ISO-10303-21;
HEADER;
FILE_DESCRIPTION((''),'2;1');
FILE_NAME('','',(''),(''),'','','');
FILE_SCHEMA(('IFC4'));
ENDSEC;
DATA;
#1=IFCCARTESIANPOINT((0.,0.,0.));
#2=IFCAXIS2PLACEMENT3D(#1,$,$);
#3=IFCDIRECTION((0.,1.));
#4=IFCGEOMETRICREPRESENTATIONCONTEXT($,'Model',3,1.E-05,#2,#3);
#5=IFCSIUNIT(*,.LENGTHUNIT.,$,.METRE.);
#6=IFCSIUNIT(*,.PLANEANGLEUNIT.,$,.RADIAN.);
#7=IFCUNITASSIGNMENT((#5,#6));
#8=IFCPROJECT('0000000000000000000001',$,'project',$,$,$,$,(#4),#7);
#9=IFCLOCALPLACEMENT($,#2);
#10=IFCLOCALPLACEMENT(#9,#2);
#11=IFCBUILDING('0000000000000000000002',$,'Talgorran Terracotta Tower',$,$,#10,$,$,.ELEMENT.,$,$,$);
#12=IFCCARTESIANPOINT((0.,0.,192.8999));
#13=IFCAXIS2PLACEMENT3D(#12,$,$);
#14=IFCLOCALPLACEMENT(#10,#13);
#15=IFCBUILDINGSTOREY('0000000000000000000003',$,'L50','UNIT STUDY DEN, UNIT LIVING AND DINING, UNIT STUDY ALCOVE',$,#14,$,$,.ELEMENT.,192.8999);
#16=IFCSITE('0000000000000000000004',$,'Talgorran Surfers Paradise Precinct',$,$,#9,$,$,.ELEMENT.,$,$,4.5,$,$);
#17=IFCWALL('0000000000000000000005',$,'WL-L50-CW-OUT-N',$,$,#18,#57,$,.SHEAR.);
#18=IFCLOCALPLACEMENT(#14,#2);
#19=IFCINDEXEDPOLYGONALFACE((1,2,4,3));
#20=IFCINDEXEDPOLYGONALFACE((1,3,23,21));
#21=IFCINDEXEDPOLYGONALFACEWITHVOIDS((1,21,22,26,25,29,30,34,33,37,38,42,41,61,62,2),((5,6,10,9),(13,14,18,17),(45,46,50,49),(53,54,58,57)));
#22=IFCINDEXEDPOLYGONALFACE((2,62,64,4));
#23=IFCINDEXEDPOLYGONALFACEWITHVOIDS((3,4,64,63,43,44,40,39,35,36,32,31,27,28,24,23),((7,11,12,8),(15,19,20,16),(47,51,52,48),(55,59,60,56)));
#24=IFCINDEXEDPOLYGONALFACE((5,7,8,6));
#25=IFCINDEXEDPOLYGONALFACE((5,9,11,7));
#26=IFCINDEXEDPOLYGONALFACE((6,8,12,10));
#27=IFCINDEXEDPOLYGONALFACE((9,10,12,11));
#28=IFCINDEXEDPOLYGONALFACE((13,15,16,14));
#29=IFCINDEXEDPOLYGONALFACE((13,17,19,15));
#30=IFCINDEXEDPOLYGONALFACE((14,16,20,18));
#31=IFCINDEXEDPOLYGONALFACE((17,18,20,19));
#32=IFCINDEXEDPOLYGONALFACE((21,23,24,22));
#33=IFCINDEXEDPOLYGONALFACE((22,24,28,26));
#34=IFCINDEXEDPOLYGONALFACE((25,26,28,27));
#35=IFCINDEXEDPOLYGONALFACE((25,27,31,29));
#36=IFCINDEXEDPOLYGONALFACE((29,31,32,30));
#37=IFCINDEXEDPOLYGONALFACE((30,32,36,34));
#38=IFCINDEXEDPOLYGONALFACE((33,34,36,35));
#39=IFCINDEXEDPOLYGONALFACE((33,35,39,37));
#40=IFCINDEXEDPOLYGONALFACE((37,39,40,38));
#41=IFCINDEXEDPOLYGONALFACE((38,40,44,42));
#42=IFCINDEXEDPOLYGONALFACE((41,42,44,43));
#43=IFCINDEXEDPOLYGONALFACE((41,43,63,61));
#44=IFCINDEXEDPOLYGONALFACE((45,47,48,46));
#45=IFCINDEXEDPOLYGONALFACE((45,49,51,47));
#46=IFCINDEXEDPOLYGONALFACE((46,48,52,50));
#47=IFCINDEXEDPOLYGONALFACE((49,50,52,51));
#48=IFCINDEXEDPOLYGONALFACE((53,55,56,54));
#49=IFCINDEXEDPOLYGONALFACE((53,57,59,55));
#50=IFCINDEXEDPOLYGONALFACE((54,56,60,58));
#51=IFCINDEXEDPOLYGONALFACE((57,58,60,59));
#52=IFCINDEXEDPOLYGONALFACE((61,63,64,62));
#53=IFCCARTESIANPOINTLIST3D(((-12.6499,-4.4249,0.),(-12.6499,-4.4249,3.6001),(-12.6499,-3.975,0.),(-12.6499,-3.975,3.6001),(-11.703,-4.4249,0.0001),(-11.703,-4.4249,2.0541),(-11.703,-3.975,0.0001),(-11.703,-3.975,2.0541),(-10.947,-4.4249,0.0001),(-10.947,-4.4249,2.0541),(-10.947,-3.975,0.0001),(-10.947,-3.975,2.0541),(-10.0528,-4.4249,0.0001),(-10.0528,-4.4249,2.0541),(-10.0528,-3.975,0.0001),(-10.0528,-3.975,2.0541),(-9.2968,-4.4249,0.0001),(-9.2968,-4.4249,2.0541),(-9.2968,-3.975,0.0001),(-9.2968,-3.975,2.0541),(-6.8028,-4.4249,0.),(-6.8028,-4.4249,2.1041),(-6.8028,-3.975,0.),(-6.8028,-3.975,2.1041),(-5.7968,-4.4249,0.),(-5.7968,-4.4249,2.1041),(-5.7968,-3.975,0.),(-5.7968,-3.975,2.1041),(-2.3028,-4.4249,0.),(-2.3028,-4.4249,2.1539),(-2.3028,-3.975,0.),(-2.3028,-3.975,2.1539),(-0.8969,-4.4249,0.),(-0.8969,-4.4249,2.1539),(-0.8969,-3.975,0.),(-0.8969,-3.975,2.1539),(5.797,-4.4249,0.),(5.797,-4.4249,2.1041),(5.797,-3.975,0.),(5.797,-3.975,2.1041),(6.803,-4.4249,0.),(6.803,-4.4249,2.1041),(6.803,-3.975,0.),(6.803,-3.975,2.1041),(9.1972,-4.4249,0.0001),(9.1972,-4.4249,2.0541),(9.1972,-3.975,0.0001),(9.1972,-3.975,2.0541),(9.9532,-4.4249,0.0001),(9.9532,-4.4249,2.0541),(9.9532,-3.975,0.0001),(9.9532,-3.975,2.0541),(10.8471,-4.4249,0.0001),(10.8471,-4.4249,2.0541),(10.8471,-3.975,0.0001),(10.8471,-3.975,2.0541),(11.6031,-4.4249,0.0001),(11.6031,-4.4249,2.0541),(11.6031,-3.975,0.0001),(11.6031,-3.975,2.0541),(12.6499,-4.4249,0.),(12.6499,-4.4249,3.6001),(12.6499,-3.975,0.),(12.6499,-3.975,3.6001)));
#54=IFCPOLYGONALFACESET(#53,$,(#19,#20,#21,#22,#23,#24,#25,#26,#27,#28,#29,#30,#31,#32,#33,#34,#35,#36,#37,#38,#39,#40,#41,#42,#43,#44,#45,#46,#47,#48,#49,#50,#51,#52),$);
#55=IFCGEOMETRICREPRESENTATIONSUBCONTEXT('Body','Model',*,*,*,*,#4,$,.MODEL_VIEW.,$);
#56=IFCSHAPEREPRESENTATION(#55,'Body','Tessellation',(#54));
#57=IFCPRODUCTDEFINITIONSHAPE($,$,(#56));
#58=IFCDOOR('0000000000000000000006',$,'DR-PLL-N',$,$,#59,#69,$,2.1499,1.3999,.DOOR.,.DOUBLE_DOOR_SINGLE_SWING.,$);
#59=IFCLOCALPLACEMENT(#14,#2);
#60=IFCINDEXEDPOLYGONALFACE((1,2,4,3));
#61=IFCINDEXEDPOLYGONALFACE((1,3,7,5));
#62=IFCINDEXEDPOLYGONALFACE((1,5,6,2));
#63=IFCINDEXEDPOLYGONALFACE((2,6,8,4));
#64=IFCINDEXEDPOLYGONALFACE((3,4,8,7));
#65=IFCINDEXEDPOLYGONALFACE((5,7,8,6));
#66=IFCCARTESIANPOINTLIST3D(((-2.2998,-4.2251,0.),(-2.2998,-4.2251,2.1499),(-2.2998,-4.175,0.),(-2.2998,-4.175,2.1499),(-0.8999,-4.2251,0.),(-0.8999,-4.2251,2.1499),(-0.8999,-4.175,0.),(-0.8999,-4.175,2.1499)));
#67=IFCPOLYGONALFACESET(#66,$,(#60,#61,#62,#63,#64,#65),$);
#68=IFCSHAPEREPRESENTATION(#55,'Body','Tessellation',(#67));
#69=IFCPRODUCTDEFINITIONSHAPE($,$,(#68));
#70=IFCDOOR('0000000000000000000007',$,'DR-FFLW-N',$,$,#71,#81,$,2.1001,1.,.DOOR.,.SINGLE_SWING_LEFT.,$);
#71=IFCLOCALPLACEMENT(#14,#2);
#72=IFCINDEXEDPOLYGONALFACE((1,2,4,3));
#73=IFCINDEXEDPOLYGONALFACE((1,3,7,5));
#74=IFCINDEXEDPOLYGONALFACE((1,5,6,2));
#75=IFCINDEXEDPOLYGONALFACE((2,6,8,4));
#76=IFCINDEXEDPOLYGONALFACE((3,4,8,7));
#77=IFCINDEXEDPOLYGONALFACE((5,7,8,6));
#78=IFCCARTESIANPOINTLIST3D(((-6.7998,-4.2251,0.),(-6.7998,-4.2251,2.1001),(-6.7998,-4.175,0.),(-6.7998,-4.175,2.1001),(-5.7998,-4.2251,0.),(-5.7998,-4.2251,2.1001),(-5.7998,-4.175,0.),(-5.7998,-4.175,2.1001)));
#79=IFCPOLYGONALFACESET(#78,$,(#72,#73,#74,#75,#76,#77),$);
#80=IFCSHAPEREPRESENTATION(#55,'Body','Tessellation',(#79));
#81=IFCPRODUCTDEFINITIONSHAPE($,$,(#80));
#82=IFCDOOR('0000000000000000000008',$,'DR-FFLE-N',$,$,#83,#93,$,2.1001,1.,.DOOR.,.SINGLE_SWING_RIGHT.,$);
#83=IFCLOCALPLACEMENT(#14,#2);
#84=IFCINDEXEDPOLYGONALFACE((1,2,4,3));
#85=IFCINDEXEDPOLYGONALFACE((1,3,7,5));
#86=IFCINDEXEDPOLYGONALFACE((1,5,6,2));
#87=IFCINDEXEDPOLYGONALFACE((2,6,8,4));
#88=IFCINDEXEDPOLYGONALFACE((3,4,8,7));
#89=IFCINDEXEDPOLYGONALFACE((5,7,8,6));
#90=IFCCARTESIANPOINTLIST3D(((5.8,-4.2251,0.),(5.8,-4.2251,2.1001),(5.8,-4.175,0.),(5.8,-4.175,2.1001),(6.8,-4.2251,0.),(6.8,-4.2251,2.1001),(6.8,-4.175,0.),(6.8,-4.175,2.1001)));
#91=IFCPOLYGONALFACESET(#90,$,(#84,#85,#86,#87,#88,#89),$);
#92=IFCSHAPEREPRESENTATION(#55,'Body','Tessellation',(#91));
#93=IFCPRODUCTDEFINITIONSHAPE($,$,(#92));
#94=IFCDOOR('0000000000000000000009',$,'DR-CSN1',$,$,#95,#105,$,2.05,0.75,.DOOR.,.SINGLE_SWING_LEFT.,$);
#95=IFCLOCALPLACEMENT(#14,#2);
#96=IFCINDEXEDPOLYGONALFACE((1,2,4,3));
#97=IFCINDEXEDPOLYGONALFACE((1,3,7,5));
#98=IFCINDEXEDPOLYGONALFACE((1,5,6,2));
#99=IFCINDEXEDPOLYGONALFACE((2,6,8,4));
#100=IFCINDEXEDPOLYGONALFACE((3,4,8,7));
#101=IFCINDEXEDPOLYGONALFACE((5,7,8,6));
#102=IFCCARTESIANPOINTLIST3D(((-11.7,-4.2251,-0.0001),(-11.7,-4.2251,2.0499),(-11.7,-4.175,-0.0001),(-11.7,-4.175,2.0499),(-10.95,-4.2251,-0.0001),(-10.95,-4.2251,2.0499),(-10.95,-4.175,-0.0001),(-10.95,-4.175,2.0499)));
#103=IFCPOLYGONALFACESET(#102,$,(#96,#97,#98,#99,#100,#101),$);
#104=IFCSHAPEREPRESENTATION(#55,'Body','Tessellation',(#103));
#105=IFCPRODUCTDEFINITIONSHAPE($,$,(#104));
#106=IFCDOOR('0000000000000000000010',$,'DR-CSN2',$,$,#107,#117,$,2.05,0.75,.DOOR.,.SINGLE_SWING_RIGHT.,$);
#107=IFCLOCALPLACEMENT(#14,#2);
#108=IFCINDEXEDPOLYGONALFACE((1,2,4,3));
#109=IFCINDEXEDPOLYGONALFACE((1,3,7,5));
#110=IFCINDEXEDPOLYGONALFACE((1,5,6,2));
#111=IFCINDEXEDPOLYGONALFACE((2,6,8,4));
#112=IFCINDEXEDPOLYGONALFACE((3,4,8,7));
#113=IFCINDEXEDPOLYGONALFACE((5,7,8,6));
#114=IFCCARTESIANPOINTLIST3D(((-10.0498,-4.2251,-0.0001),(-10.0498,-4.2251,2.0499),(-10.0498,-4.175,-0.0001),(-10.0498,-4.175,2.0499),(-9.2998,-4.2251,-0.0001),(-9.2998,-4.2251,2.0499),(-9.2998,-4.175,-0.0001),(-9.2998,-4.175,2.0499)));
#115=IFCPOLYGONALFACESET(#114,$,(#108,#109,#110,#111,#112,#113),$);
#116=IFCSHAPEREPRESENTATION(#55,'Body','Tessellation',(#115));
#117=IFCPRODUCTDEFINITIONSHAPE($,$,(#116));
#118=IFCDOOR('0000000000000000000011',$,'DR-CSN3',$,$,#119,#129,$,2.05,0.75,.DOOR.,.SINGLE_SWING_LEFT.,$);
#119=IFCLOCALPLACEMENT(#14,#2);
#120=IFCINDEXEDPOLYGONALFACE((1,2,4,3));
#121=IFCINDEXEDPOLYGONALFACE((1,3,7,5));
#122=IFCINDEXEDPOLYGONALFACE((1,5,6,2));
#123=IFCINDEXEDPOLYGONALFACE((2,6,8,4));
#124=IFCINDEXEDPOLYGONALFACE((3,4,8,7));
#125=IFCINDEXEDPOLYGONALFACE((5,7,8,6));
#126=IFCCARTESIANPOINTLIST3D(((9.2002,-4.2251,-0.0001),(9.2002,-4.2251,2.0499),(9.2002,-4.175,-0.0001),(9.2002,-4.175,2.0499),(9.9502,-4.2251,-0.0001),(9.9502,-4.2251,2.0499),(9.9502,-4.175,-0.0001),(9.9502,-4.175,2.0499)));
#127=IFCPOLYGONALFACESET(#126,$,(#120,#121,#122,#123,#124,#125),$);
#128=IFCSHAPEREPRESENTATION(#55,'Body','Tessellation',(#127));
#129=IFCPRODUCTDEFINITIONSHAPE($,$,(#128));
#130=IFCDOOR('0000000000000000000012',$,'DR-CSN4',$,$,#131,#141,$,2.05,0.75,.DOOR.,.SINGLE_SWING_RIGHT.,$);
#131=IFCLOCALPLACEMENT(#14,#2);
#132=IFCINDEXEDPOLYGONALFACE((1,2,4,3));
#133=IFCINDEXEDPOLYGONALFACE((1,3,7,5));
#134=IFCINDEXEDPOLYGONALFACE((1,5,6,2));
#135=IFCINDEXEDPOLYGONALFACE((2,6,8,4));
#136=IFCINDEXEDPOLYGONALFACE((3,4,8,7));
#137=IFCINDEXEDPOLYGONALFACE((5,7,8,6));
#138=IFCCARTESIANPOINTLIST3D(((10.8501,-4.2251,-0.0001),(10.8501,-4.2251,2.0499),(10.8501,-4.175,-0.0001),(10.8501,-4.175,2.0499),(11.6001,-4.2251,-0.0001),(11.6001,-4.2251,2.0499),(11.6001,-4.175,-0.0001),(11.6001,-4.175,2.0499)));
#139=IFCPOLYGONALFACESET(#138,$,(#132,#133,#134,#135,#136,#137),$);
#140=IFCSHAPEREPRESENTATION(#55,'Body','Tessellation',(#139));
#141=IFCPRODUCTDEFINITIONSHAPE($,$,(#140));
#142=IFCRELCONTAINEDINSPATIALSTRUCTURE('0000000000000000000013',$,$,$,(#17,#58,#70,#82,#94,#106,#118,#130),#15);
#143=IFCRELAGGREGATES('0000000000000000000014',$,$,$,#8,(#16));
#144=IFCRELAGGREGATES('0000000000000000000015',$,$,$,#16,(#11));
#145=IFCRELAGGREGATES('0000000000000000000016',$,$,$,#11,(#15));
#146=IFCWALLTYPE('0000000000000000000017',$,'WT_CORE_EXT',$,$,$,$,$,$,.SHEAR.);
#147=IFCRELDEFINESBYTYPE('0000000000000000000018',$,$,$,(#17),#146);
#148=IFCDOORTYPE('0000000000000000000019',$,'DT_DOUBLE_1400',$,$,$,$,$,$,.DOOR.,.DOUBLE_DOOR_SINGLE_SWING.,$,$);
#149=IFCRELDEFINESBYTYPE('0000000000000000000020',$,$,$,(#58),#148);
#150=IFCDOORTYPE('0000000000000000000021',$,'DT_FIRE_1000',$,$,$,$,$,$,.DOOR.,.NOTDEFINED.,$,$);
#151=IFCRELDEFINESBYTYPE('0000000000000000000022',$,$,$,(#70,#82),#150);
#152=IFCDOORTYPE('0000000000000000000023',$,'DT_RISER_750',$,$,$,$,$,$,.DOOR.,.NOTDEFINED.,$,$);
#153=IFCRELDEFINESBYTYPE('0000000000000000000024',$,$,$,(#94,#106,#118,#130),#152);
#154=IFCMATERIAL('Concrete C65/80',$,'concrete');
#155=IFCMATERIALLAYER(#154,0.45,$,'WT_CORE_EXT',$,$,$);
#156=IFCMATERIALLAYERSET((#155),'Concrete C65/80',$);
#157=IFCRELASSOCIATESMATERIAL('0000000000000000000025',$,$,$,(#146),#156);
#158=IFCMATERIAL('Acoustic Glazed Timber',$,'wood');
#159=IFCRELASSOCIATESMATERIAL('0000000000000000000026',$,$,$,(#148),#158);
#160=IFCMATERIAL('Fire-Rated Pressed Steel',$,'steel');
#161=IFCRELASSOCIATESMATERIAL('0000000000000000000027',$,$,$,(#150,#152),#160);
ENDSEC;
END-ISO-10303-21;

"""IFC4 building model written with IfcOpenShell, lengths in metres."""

from ifc_helpers import new_model, si_unit, direction, frame, frame_2d, origin, place, context, subcontext, project, spatial, rectangle, extrude, material, layer, layer_set, type_object, element, fill, save


model = new_model("IFC4")

# Units and contexts
model_context = context("Model", 3, precision=1e-05, world=origin(), true_north=direction((0.0, 1.0)))
body_context = subcontext(model_context, "Body", "Model", "MODEL_VIEW")
ifc_project = project(units=[si_unit("LENGTHUNIT", "METRE"), si_unit("PLANEANGLEUNIT", "RADIAN")], contexts=[model_context])

# Site, building, storey
site_placement = place(None, origin())
site = spatial("IfcSite", under=ifc_project, at=site_placement, Name="Talgorran Surfers Paradise Precinct", CompositionType="ELEMENT", RefElevation=4.5)
building_placement = place(site_placement, origin())
building = spatial("IfcBuilding", under=site, at=building_placement, Name="Talgorran Terracotta Tower", CompositionType="ELEMENT")
storey_placement = place(building_placement, frame((0.0, 0.0, 192.8999)))
storey = spatial("IfcBuildingStorey", under=building, at=storey_placement, Name="L50", Description="UNIT STUDY DEN, UNIT LIVING AND DINING, UNIT STUDY ALCOVE", CompositionType="ELEMENT", Elevation=192.8999)

# Wall, openings, doors
ifc_material_1 = material(Name="Concrete C65/80", Category="concrete")
ifc_layer_1 = layer(ifc_material_1, 0.45, Name="WT_CORE_EXT")
ifc_layer_set_1 = layer_set([ifc_layer_1], Name="Concrete C65/80")
wall_type_1 = type_object("IfcWallType", Name="WT_CORE_EXT", PredefinedType="SHEAR", material=ifc_layer_set_1)
wall_1_placement = place(storey_placement, frame((-12.6499, -4.2, 0.0), z_axis=(0.0, 0.0, 1.0), x_axis=(1.0, 0.0, 0.0)))
wall_1 = element("IfcWall", 1, at=wall_1_placement, inside=storey, type_object=wall_type_1, Name="WL-L50-CW-OUT-N", PredefinedType="SHEAR", context=body_context, shape_type="SweptSolid", body=[
    extrude(rectangle(XDim=25.2998, YDim=0.45, at=frame_2d((12.6499, 0.0))), origin(), (0.0, 0.0, 1.0), 3.6001),
])
opening_1_placement = place(wall_1_placement, frame((0.95, 0.0, 0.0)))
opening_1 = element("IfcOpeningElement", 2, at=opening_1_placement, cuts=wall_1, PredefinedType="OPENING", context=body_context, shape_type="SweptSolid", body=[
    extrude(rectangle(XDim=0.756, YDim=2.054, at=frame_2d((0.375, 1.0271))), frame((0.0, 0.2349, 0.0), z_axis=(0.0, -1.0, 0.0), x_axis=(1.0, 0.0, 0.0)), (0.0, 0.0, 1.0), 0.47),
])
opening_2_placement = place(wall_1_placement, frame((2.6001, 0.0, 0.0)))
opening_2 = element("IfcOpeningElement", 3, at=opening_2_placement, cuts=wall_1, PredefinedType="OPENING", context=body_context, shape_type="SweptSolid", body=[
    extrude(rectangle(XDim=0.756, YDim=2.054, at=frame_2d((0.375, 1.0271))), frame((0.0, 0.2349, 0.0), z_axis=(0.0, -1.0, 0.0), x_axis=(1.0, 0.0, 0.0)), (0.0, 0.0, 1.0), 0.47),
])
opening_3_placement = place(wall_1_placement, frame((21.8501, 0.0, 0.0)))
opening_3 = element("IfcOpeningElement", 4, at=opening_3_placement, cuts=wall_1, PredefinedType="OPENING", context=body_context, shape_type="SweptSolid", body=[
    extrude(rectangle(XDim=0.756, YDim=2.054, at=frame_2d((0.375, 1.0271))), frame((0.0, 0.2349, 0.0), z_axis=(0.0, -1.0, 0.0), x_axis=(1.0, 0.0, 0.0)), (0.0, 0.0, 1.0), 0.47),
])
opening_4_placement = place(wall_1_placement, frame((23.5, 0.0, 0.0)))
opening_4 = element("IfcOpeningElement", 5, at=opening_4_placement, cuts=wall_1, PredefinedType="OPENING", context=body_context, shape_type="SweptSolid", body=[
    extrude(rectangle(XDim=0.756, YDim=2.054, at=frame_2d((0.375, 1.0271))), frame((0.0, 0.2349, 0.0), z_axis=(0.0, -1.0, 0.0), x_axis=(1.0, 0.0, 0.0)), (0.0, 0.0, 1.0), 0.47),
])
opening_5_placement = place(wall_1_placement, frame((5.8501, 0.0, 0.0)))
opening_5 = element("IfcOpeningElement", 6, at=opening_5_placement, cuts=wall_1, PredefinedType="OPENING", context=body_context, shape_type="SweptSolid", body=[
    extrude(rectangle(XDim=1.006, YDim=2.1041, at=frame_2d((0.5, 1.052))), frame((0.0, 0.2349, 0.0), z_axis=(0.0, -1.0, 0.0), x_axis=(1.0, 0.0, 0.0)), (0.0, 0.0, 1.0), 0.47),
])
opening_6_placement = place(wall_1_placement, frame((10.3501, 0.0, 0.0)))
opening_6 = element("IfcOpeningElement", 7, at=opening_6_placement, cuts=wall_1, PredefinedType="OPENING", context=body_context, shape_type="SweptSolid", body=[
    extrude(rectangle(XDim=1.4059, YDim=2.1539, at=frame_2d((0.7, 1.0769))), frame((0.0, 0.2349, 0.0), z_axis=(0.0, -1.0, 0.0), x_axis=(1.0, 0.0, 0.0)), (0.0, 0.0, 1.0), 0.47),
])
opening_7_placement = place(wall_1_placement, frame((18.45, 0.0, 0.0)))
opening_7 = element("IfcOpeningElement", 8, at=opening_7_placement, cuts=wall_1, PredefinedType="OPENING", context=body_context, shape_type="SweptSolid", body=[
    extrude(rectangle(XDim=1.006, YDim=2.1041, at=frame_2d((0.5, 1.052))), frame((0.0, 0.2349, 0.0), z_axis=(0.0, -1.0, 0.0), x_axis=(1.0, 0.0, 0.0)), (0.0, 0.0, 1.0), 0.47),
])
ifc_material_2 = material(Name="Acoustic Glazed Timber", Category="wood")
door_type_1 = type_object("IfcDoorType", Name="DT_DOUBLE_1400", OperationType="DOUBLE_DOOR_SINGLE_SWING", PredefinedType="DOOR", material=ifc_material_2)
door_1_placement = place(opening_6_placement, origin())
door_1 = element("IfcDoor", 9, at=door_1_placement, inside=storey, type_object=door_type_1, Name="DR-PLL-N", OperationType="DOUBLE_DOOR_SINGLE_SWING", OverallHeight=2.1499, OverallWidth=1.3999, PredefinedType="DOOR", context=body_context, shape_type="SweptSolid", body=[
    extrude(rectangle(XDim=1.3999, YDim=2.1499, at=frame_2d((0.7, 1.075))), frame((0.0, 0.0249, 0.0), z_axis=(0.0, -1.0, 0.0), x_axis=(1.0, 0.0, 0.0)), (0.0, 0.0, 1.0), 0.05),
])
fill(opening_6, door_1)
ifc_material_3 = material(Name="Fire-Rated Pressed Steel", Category="steel")
door_type_2 = type_object("IfcDoorType", Name="DT_FIRE_1000", OperationType="NOTDEFINED", PredefinedType="DOOR", material=ifc_material_3)
door_2_placement = place(opening_5_placement, origin())
door_2 = element("IfcDoor", 10, at=door_2_placement, inside=storey, type_object=door_type_2, Name="DR-FFLW-N", OperationType="SINGLE_SWING_LEFT", OverallHeight=2.1001, OverallWidth=1.0, PredefinedType="DOOR", context=body_context, shape_type="SweptSolid", body=[
    extrude(rectangle(XDim=1.0, YDim=2.1001, at=frame_2d((0.5, 1.05))), frame((0.0, 0.0249, 0.0), z_axis=(0.0, -1.0, 0.0), x_axis=(1.0, 0.0, 0.0)), (0.0, 0.0, 1.0), 0.05),
])
fill(opening_5, door_2)
door_3_placement = place(opening_7_placement, origin())
door_3 = element("IfcDoor", 11, at=door_3_placement, inside=storey, type_object=door_type_2, Name="DR-FFLE-N", OperationType="SINGLE_SWING_RIGHT", OverallHeight=2.1001, OverallWidth=1.0, PredefinedType="DOOR", context=body_context, shape_type="SweptSolid", body=[
    extrude(rectangle(XDim=1.0, YDim=2.1001, at=frame_2d((0.5, 1.05))), frame((0.0, 0.0249, 0.0), z_axis=(0.0, -1.0, 0.0), x_axis=(1.0, 0.0, 0.0)), (0.0, 0.0, 1.0), 0.05),
])
fill(opening_7, door_3)
door_type_3 = type_object("IfcDoorType", Name="DT_RISER_750", OperationType="NOTDEFINED", PredefinedType="DOOR", material=ifc_material_3)
door_4_placement = place(opening_1_placement, origin())
door_4 = element("IfcDoor", 12, at=door_4_placement, inside=storey, type_object=door_type_3, Name="DR-CSN1", OperationType="SINGLE_SWING_LEFT", OverallHeight=2.05, OverallWidth=0.75, PredefinedType="DOOR", context=body_context, shape_type="SweptSolid", body=[
    extrude(rectangle(XDim=0.75, YDim=2.05, at=frame_2d((0.375, 1.0249))), frame((0.0, 0.0249, 0.0), z_axis=(0.0, -1.0, 0.0), x_axis=(1.0, 0.0, 0.0)), (0.0, 0.0, 1.0), 0.05),
])
fill(opening_1, door_4)
door_5_placement = place(opening_2_placement, origin())
door_5 = element("IfcDoor", 13, at=door_5_placement, inside=storey, type_object=door_type_3, Name="DR-CSN2", OperationType="SINGLE_SWING_RIGHT", OverallHeight=2.05, OverallWidth=0.75, PredefinedType="DOOR", context=body_context, shape_type="SweptSolid", body=[
    extrude(rectangle(XDim=0.75, YDim=2.05, at=frame_2d((0.375, 1.0249))), frame((0.0, 0.0249, 0.0), z_axis=(0.0, -1.0, 0.0), x_axis=(1.0, 0.0, 0.0)), (0.0, 0.0, 1.0), 0.05),
])
fill(opening_2, door_5)
door_6_placement = place(opening_3_placement, origin())
door_6 = element("IfcDoor", 14, at=door_6_placement, inside=storey, type_object=door_type_3, Name="DR-CSN3", OperationType="SINGLE_SWING_LEFT", OverallHeight=2.05, OverallWidth=0.75, PredefinedType="DOOR", context=body_context, shape_type="SweptSolid", body=[
    extrude(rectangle(XDim=0.75, YDim=2.05, at=frame_2d((0.375, 1.0249))), frame((0.0, 0.0249, 0.0), z_axis=(0.0, -1.0, 0.0), x_axis=(1.0, 0.0, 0.0)), (0.0, 0.0, 1.0), 0.05),
])
fill(opening_3, door_6)
door_7_placement = place(opening_4_placement, origin())
door_7 = element("IfcDoor", 15, at=door_7_placement, inside=storey, type_object=door_type_3, Name="DR-CSN4", OperationType="SINGLE_SWING_RIGHT", OverallHeight=2.05, OverallWidth=0.75, PredefinedType="DOOR", context=body_context, shape_type="SweptSolid", body=[
    extrude(rectangle(XDim=0.75, YDim=2.05, at=frame_2d((0.375, 1.0249))), frame((0.0, 0.0249, 0.0), z_axis=(0.0, -1.0, 0.0), x_axis=(1.0, 0.0, 0.0)), (0.0, 0.0, 1.0), 0.05),
])
fill(opening_4, door_7)

save(model, "model.ifc")
